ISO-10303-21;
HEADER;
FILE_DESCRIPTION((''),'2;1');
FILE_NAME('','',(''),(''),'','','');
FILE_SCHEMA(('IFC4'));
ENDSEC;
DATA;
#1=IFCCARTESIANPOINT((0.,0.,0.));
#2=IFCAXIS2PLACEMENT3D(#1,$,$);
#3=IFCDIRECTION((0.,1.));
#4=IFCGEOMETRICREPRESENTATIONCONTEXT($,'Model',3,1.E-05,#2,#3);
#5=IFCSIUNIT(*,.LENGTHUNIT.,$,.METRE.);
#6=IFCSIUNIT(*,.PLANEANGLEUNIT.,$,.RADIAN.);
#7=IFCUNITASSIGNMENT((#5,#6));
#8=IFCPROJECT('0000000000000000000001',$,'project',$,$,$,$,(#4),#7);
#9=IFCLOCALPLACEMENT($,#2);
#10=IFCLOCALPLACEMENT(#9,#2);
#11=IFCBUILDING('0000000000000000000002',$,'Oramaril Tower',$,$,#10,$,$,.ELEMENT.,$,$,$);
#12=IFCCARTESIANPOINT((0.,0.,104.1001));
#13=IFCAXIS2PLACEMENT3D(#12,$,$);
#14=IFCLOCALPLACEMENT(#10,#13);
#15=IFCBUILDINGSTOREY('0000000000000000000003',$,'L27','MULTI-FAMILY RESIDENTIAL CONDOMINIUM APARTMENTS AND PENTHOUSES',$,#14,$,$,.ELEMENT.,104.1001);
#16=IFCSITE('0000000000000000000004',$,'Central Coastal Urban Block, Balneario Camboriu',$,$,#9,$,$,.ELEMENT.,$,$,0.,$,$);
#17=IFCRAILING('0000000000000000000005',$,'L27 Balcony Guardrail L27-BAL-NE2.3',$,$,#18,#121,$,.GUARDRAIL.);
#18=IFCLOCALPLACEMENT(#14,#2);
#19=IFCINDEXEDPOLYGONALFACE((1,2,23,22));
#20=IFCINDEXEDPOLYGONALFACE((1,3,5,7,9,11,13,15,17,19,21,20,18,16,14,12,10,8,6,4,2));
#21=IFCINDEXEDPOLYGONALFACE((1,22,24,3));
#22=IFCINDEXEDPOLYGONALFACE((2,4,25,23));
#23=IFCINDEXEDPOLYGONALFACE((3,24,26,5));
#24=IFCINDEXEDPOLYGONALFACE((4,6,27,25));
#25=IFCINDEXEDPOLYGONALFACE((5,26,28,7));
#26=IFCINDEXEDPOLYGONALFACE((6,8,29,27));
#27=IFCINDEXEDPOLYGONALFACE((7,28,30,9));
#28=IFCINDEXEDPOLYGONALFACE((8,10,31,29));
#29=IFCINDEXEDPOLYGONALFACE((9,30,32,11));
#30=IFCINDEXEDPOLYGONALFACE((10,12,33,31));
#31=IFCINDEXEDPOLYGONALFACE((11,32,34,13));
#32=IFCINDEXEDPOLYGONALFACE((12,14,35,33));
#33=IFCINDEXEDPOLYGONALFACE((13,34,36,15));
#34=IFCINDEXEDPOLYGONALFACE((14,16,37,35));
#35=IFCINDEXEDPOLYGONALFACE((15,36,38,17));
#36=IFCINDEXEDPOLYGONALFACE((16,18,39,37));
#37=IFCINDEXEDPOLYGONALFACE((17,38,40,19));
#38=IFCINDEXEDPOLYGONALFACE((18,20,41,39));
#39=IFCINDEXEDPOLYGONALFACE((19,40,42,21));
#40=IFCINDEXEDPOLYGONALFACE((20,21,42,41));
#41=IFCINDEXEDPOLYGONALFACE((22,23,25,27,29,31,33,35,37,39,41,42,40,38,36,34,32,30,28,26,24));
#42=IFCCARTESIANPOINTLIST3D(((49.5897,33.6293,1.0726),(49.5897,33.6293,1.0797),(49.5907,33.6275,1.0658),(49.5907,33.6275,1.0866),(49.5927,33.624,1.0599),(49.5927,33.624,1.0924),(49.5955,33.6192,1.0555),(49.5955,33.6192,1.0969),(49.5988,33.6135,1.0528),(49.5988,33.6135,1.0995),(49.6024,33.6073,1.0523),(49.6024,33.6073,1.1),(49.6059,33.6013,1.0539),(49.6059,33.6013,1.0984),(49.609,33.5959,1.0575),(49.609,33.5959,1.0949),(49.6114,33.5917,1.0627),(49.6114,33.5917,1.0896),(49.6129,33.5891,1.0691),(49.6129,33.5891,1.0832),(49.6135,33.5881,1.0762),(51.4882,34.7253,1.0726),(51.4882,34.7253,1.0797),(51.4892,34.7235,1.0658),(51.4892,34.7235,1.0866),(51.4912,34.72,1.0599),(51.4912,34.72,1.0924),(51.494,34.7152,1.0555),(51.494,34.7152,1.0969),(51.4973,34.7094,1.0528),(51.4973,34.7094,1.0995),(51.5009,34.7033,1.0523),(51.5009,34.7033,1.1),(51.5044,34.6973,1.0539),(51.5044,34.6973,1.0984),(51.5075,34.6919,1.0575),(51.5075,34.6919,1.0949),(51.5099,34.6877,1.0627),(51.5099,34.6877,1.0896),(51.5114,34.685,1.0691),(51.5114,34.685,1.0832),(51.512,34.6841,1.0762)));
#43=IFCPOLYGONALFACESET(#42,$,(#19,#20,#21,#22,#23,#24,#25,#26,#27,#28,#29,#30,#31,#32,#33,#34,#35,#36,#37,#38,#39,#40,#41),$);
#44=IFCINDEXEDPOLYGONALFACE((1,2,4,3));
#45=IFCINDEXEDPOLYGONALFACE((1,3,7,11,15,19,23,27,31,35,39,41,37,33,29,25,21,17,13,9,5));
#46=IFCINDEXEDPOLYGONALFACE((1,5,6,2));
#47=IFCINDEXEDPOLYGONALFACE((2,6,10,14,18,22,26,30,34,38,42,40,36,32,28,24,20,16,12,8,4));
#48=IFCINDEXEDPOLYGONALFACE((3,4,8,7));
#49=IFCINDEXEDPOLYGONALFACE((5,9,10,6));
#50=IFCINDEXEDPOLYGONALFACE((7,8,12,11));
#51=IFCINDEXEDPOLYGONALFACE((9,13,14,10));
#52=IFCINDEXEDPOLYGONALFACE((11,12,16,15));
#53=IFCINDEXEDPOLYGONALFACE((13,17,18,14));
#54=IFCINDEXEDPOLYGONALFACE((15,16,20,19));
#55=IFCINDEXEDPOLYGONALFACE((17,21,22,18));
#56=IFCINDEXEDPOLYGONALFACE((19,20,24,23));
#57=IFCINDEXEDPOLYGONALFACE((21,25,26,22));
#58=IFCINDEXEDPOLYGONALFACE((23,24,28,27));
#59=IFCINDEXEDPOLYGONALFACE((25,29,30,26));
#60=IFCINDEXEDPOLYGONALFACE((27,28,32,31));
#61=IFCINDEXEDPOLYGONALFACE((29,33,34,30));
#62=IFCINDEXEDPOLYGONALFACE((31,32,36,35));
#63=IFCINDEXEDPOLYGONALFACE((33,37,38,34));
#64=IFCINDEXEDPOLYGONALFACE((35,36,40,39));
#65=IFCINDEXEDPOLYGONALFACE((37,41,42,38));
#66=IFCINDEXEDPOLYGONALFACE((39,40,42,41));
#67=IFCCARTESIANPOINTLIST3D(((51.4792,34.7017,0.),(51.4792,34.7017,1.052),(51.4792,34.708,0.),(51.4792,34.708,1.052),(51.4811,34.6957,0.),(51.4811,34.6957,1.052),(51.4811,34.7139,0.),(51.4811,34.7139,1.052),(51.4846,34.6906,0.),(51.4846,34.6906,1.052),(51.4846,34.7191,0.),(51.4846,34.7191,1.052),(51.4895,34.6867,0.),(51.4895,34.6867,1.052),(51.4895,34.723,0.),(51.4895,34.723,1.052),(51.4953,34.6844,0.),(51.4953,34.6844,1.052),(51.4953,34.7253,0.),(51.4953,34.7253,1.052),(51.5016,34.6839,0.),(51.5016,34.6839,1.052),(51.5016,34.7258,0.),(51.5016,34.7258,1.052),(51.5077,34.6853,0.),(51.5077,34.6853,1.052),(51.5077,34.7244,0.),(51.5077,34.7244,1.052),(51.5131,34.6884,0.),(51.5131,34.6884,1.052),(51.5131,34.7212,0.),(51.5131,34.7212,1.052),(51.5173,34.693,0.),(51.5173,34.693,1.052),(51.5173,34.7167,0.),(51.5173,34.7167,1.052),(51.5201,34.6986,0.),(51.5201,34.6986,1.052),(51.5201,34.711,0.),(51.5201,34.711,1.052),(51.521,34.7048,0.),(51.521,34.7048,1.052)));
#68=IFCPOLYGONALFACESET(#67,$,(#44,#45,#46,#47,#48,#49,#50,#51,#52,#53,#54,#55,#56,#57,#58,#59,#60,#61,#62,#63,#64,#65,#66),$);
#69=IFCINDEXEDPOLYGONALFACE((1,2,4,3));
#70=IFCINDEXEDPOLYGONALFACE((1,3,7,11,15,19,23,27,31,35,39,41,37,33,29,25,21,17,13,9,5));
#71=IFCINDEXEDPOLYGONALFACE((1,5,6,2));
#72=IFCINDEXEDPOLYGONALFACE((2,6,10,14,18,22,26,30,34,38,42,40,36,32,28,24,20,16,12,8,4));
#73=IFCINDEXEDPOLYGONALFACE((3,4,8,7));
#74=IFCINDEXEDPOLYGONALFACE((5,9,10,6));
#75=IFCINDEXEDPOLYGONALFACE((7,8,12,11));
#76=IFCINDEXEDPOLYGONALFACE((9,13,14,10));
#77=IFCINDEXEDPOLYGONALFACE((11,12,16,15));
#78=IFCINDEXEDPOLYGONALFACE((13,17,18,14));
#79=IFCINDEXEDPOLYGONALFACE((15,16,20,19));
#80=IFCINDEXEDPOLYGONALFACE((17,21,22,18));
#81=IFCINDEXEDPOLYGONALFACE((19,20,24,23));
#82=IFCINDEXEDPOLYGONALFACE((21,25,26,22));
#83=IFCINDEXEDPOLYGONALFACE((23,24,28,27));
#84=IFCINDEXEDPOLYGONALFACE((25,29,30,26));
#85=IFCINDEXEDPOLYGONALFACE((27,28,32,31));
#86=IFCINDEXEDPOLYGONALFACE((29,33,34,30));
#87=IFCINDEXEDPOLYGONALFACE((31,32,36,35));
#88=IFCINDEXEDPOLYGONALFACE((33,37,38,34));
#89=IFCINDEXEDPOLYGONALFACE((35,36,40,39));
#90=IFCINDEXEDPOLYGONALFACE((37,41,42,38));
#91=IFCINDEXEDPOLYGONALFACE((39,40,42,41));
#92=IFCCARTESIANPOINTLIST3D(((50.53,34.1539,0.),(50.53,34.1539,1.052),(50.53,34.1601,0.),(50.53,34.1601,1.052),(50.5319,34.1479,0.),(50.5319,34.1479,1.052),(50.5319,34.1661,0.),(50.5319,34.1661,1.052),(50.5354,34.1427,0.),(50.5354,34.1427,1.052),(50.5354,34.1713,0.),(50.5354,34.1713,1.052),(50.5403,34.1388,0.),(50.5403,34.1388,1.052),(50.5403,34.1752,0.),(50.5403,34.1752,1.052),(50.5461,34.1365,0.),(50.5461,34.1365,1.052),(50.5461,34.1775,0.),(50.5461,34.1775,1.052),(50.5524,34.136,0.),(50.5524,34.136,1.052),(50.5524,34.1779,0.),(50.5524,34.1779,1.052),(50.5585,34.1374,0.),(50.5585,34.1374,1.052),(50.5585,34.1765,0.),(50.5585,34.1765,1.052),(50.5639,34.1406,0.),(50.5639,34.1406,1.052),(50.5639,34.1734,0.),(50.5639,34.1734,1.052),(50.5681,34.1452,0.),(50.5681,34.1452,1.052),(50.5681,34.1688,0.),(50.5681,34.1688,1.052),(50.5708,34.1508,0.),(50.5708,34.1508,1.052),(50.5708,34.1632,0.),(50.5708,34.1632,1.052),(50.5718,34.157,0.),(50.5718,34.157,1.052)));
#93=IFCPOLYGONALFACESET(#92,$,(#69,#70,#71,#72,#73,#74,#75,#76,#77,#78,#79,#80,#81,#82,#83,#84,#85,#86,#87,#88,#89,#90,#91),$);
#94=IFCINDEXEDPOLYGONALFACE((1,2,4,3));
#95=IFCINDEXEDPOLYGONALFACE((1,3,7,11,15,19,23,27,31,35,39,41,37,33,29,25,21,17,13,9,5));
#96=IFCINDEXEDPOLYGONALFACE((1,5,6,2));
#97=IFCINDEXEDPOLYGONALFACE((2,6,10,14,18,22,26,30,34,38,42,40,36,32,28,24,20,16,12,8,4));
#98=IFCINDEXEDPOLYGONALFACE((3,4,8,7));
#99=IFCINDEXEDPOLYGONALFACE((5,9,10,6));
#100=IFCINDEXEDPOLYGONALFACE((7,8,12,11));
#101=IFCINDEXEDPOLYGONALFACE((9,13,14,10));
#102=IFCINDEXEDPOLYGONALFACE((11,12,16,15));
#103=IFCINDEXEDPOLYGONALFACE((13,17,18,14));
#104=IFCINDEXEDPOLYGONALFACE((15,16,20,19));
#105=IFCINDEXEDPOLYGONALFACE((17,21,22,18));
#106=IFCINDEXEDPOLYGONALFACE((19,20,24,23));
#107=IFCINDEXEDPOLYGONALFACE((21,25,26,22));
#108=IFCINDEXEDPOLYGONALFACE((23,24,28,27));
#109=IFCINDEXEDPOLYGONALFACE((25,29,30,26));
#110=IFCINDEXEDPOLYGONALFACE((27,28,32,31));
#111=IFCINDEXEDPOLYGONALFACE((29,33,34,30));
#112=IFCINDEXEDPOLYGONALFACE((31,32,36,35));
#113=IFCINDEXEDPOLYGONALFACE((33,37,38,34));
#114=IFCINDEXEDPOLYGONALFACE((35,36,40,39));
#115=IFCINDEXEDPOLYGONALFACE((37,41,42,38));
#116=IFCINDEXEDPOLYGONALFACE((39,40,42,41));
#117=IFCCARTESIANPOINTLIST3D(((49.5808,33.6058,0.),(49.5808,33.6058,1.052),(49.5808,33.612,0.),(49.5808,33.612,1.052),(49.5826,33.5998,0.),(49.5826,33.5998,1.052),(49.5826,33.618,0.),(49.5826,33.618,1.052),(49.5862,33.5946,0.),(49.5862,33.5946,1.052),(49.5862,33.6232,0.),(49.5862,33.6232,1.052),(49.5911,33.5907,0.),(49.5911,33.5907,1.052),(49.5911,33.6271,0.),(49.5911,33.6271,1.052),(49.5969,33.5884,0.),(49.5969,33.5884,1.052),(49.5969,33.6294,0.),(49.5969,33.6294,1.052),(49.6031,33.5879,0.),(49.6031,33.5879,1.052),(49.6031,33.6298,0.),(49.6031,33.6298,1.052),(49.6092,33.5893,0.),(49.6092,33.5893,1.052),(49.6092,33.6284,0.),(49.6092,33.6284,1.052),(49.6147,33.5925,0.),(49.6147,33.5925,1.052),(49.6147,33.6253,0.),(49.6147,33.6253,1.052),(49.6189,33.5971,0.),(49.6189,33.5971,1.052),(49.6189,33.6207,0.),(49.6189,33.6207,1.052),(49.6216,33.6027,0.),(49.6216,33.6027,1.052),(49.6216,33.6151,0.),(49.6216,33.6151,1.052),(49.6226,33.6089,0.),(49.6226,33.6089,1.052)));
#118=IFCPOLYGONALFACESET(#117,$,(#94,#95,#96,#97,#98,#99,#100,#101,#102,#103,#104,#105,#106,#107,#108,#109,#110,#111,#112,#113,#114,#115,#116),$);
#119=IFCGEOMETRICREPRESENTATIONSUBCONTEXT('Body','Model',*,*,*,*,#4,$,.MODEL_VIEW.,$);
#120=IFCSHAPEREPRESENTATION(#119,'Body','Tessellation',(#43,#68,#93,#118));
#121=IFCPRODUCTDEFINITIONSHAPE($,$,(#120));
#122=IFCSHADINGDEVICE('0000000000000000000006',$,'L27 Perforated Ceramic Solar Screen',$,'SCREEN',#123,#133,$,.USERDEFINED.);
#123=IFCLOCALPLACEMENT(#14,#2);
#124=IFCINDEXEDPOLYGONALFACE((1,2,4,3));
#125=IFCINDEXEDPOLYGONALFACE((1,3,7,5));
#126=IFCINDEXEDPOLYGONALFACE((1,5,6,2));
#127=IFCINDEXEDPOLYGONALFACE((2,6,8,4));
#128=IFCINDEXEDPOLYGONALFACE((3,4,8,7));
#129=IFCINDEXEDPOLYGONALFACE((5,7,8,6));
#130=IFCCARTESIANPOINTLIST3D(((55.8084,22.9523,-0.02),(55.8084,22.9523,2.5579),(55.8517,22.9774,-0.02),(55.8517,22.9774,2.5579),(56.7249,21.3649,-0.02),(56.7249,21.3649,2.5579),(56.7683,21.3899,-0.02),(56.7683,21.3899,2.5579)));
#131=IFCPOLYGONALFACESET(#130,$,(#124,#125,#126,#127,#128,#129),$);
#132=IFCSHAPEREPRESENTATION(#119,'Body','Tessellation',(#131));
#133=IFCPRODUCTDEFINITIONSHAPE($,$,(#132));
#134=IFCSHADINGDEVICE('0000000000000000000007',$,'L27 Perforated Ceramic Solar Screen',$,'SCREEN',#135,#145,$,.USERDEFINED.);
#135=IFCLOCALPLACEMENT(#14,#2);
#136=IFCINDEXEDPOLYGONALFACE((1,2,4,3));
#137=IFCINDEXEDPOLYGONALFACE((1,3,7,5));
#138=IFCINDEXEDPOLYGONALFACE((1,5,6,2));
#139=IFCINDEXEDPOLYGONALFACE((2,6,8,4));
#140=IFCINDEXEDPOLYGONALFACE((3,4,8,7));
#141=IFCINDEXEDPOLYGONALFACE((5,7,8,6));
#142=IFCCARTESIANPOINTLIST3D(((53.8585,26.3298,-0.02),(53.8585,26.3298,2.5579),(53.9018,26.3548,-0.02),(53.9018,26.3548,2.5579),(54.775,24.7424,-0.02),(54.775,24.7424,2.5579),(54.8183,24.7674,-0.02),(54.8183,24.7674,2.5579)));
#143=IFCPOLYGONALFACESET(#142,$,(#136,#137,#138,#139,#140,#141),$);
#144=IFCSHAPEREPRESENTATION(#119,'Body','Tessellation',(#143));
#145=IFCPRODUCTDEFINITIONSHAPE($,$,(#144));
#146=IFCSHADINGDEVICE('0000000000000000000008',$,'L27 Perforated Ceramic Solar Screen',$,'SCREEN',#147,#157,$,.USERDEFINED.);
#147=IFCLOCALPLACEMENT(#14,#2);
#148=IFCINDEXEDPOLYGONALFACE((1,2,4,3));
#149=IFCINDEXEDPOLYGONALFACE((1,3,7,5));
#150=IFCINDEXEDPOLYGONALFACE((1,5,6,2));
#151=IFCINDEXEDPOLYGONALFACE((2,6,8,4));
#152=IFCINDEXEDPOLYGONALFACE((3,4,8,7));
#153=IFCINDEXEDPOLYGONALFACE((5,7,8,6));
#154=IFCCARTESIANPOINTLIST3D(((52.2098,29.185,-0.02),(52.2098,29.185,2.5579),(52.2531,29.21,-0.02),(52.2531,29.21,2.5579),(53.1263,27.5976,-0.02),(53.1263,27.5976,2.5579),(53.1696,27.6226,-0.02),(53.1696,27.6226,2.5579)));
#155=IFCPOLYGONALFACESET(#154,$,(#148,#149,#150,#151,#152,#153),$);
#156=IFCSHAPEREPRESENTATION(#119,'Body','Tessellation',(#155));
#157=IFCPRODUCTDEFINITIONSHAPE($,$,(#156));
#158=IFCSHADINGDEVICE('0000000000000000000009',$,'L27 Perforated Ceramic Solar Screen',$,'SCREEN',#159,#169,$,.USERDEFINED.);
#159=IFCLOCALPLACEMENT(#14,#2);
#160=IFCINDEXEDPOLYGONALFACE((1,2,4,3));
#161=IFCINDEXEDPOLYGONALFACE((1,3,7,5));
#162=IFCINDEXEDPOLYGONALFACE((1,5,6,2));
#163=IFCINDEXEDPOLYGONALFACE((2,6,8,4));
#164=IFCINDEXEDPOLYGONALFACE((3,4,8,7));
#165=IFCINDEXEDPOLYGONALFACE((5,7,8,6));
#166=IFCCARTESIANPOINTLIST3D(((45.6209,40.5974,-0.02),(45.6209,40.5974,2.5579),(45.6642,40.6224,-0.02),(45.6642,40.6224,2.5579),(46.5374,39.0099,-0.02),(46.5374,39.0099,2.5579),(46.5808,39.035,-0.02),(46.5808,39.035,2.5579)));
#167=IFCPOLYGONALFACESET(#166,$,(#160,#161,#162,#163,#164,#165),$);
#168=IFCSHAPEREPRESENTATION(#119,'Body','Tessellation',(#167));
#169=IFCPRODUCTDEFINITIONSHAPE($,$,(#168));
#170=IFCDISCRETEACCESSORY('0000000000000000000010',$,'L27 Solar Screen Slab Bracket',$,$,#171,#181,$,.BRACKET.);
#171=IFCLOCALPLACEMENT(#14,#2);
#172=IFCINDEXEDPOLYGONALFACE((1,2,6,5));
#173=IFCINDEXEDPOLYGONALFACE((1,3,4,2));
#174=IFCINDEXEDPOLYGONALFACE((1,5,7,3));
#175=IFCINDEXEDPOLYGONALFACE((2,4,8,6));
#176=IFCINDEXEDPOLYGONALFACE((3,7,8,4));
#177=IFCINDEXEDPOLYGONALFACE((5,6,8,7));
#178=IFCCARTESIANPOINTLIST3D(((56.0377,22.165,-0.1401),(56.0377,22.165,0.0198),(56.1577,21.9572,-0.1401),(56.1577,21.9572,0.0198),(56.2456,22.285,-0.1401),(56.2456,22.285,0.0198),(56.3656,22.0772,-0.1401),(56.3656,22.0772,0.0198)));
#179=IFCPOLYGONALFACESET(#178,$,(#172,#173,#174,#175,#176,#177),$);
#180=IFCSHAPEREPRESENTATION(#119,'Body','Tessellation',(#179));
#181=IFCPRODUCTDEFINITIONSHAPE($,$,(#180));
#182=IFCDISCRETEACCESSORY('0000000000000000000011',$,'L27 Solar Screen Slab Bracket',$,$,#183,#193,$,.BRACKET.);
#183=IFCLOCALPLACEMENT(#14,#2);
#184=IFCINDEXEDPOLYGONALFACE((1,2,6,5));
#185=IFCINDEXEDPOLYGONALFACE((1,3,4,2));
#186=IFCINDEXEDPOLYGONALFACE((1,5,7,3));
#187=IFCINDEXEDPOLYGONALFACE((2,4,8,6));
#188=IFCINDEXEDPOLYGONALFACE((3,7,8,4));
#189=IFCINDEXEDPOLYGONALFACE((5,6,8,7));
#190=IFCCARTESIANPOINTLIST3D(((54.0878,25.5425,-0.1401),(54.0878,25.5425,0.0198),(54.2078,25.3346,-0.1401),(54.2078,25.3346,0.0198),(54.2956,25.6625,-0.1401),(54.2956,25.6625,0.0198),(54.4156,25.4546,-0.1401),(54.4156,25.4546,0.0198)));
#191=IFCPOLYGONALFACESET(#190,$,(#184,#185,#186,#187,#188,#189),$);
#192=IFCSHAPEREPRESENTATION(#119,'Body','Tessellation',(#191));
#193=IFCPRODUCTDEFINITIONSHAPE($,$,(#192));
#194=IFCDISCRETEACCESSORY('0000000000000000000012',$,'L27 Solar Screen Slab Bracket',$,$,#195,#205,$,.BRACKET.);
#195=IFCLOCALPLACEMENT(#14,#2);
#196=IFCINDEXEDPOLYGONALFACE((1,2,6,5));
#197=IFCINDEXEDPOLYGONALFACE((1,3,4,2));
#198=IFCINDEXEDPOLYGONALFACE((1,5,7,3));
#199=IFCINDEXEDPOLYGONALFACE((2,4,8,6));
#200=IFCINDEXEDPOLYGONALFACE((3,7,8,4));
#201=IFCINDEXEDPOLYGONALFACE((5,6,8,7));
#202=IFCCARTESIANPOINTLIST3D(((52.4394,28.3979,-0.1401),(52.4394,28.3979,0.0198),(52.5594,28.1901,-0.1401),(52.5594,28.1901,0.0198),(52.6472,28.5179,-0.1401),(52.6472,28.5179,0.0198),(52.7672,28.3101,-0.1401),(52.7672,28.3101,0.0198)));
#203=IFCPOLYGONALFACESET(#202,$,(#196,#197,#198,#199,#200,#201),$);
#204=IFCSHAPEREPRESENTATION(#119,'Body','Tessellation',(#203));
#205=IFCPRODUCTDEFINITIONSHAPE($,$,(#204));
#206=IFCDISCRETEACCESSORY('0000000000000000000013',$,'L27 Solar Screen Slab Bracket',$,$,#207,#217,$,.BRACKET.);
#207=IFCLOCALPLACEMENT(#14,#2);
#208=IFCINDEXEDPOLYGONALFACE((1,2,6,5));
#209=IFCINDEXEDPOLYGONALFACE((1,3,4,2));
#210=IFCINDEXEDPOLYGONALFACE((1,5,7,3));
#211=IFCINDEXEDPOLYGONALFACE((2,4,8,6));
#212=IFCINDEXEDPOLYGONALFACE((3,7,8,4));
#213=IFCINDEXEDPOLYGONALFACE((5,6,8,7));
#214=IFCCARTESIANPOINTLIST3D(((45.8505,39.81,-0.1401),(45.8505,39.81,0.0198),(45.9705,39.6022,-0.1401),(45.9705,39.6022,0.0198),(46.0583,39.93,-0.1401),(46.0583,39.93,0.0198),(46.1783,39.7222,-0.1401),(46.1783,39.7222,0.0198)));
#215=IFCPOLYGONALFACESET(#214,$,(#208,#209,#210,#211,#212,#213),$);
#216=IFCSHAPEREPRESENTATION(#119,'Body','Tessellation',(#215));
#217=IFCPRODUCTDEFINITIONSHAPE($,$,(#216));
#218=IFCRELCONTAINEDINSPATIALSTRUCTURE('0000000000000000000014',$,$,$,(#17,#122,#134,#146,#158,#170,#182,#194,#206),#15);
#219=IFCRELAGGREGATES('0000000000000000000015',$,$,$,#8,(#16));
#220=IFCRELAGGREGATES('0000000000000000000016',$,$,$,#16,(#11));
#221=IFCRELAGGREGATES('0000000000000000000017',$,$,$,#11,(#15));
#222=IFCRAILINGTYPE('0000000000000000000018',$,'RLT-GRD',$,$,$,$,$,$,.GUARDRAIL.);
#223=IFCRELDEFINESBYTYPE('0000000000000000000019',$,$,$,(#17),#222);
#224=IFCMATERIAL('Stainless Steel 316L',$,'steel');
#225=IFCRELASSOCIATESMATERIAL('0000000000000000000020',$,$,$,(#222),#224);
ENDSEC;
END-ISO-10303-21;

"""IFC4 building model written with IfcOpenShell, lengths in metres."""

from ifc_helpers import new_model, si_unit, direction, frame, origin, origin_2d, place, context, subcontext, project, spatial, rectangle, circle, extrude, material, type_object, element, save


model = new_model("IFC4")

# Units and contexts
model_context = context("Model", 3, precision=1e-05, world=origin(), true_north=direction((0.0, 1.0)))
body_context = subcontext(model_context, "Body", "Model", "MODEL_VIEW")
ifc_project = project(units=[si_unit("LENGTHUNIT", "METRE"), si_unit("PLANEANGLEUNIT", "RADIAN")], contexts=[model_context])

# Site, building, storey
site_placement = place(None, origin())
site = spatial("IfcSite", under=ifc_project, at=site_placement, Name="Central Coastal Urban Block, Balneario Camboriu", CompositionType="ELEMENT", RefElevation=0.0)
building_placement = place(site_placement, origin())
building = spatial("IfcBuilding", under=site, at=building_placement, Name="Oramaril Tower", CompositionType="ELEMENT")
storey_placement = place(building_placement, frame((0.0, 0.0, 104.1001)))
storey = spatial("IfcBuildingStorey", under=building, at=storey_placement, Name="L27", Description="MULTI-FAMILY RESIDENTIAL CONDOMINIUM APARTMENTS AND PENTHOUSES", CompositionType="ELEMENT", Elevation=104.1001)

# Railing
ifc_material_1 = material(Name="Stainless Steel 316L", Category="steel")
railing_type = type_object("IfcRailingType", Name="RLT-GRD", PredefinedType="GUARDRAIL", material=ifc_material_1)
railing_1_placement = place(storey_placement, frame((51.5, 34.7048, 0.0)))
element("IfcRailing", 1, at=railing_1_placement, inside=storey, type_object=railing_type, Name="L27 Balcony Guardrail L27-BAL-NE2.3", PredefinedType="GUARDRAIL", context=body_context, shape_type="SweptSolid", body=[
    extrude(circle(Radius=0.0239, at=origin_2d()), frame((0.0, 0.0, 1.0762), z_axis=(-0.866048, -0.49996, 0.0), x_axis=(0.49996, -0.866048, 0.0)), (0.0, 0.0, 1.0), 2.1921),
    extrude(circle(Radius=0.021, at=origin_2d()), origin(), (0.0, 0.0, 1.0), 1.052),
    extrude(circle(Radius=0.021, at=origin_2d()), frame((-0.9492, -0.5479, 0.0)), (0.0, 0.0, 1.0), 1.052),
    extrude(circle(Radius=0.021, at=origin_2d()), frame((-1.8984, -1.0959, 0.0)), (0.0, 0.0, 1.0), 1.052),
])

# Shading devices
for number, where, z_axis, x_axis, name in (
    (2, (56.2883, 22.1711, -0.02), (0.0, 0.0, 1.0), (-0.5, 0.866025, 0.0), "L27 Perforated Ceramic Solar Screen"),
    (3, (54.3384, 25.5486, -0.02), (0.0, 0.0, 1.0), (-0.5, 0.866025, 0.0), "L27 Perforated Ceramic Solar Screen"),
    (4, (52.6897, 28.4038, -0.02), (0.0, 0.0, 1.0), (-0.5, 0.866025, 0.0), "L27 Perforated Ceramic Solar Screen"),
    (5, (46.1008, 39.8162, -0.02), (0.0, 0.0, 1.0), (-0.5, 0.866025, 0.0), "L27 Perforated Ceramic Solar Screen"),
):
    element("IfcShadingDevice", number, at=place(storey_placement, frame(where, z_axis=z_axis, x_axis=x_axis)), inside=storey, Name=name, ObjectType="SCREEN", PredefinedType="USERDEFINED", context=body_context, shape_type="SweptSolid", body=[
        extrude(rectangle(XDim=1.833, YDim=0.05, at=origin_2d()), origin(), (0.0, 0.0, 1.0), 2.5779),
    ])

# Discrete accessories
for number, where, z_axis, x_axis, name in (
    (6, (56.2017, 22.1211, -0.1401), (0.0, 0.0, 1.0), (-0.5, 0.866025, 0.0), "L27 Solar Screen Slab Bracket"),
    (7, (54.2517, 25.4985, -0.1401), (0.0, 0.0, 1.0), (-0.5, 0.866025, 0.0), "L27 Solar Screen Slab Bracket"),
    (8, (52.6033, 28.354, -0.1401), (0.0, 0.0, 1.0), (-0.5, 0.866025, 0.0), "L27 Solar Screen Slab Bracket"),
    (9, (46.0144, 39.7661, -0.1401), (0.0, 0.0, 1.0), (-0.5, 0.866025, 0.0), "L27 Solar Screen Slab Bracket"),
):
    element("IfcDiscreteAccessory", number, at=place(storey_placement, frame(where, z_axis=z_axis, x_axis=x_axis)), inside=storey, Name=name, PredefinedType="BRACKET", context=body_context, shape_type="SweptSolid", body=[
        extrude(rectangle(XDim=0.24, YDim=0.24, at=origin_2d()), origin(), (0.0, 0.0, 1.0), 0.1599),
    ])

save(model, "model.ifc")
